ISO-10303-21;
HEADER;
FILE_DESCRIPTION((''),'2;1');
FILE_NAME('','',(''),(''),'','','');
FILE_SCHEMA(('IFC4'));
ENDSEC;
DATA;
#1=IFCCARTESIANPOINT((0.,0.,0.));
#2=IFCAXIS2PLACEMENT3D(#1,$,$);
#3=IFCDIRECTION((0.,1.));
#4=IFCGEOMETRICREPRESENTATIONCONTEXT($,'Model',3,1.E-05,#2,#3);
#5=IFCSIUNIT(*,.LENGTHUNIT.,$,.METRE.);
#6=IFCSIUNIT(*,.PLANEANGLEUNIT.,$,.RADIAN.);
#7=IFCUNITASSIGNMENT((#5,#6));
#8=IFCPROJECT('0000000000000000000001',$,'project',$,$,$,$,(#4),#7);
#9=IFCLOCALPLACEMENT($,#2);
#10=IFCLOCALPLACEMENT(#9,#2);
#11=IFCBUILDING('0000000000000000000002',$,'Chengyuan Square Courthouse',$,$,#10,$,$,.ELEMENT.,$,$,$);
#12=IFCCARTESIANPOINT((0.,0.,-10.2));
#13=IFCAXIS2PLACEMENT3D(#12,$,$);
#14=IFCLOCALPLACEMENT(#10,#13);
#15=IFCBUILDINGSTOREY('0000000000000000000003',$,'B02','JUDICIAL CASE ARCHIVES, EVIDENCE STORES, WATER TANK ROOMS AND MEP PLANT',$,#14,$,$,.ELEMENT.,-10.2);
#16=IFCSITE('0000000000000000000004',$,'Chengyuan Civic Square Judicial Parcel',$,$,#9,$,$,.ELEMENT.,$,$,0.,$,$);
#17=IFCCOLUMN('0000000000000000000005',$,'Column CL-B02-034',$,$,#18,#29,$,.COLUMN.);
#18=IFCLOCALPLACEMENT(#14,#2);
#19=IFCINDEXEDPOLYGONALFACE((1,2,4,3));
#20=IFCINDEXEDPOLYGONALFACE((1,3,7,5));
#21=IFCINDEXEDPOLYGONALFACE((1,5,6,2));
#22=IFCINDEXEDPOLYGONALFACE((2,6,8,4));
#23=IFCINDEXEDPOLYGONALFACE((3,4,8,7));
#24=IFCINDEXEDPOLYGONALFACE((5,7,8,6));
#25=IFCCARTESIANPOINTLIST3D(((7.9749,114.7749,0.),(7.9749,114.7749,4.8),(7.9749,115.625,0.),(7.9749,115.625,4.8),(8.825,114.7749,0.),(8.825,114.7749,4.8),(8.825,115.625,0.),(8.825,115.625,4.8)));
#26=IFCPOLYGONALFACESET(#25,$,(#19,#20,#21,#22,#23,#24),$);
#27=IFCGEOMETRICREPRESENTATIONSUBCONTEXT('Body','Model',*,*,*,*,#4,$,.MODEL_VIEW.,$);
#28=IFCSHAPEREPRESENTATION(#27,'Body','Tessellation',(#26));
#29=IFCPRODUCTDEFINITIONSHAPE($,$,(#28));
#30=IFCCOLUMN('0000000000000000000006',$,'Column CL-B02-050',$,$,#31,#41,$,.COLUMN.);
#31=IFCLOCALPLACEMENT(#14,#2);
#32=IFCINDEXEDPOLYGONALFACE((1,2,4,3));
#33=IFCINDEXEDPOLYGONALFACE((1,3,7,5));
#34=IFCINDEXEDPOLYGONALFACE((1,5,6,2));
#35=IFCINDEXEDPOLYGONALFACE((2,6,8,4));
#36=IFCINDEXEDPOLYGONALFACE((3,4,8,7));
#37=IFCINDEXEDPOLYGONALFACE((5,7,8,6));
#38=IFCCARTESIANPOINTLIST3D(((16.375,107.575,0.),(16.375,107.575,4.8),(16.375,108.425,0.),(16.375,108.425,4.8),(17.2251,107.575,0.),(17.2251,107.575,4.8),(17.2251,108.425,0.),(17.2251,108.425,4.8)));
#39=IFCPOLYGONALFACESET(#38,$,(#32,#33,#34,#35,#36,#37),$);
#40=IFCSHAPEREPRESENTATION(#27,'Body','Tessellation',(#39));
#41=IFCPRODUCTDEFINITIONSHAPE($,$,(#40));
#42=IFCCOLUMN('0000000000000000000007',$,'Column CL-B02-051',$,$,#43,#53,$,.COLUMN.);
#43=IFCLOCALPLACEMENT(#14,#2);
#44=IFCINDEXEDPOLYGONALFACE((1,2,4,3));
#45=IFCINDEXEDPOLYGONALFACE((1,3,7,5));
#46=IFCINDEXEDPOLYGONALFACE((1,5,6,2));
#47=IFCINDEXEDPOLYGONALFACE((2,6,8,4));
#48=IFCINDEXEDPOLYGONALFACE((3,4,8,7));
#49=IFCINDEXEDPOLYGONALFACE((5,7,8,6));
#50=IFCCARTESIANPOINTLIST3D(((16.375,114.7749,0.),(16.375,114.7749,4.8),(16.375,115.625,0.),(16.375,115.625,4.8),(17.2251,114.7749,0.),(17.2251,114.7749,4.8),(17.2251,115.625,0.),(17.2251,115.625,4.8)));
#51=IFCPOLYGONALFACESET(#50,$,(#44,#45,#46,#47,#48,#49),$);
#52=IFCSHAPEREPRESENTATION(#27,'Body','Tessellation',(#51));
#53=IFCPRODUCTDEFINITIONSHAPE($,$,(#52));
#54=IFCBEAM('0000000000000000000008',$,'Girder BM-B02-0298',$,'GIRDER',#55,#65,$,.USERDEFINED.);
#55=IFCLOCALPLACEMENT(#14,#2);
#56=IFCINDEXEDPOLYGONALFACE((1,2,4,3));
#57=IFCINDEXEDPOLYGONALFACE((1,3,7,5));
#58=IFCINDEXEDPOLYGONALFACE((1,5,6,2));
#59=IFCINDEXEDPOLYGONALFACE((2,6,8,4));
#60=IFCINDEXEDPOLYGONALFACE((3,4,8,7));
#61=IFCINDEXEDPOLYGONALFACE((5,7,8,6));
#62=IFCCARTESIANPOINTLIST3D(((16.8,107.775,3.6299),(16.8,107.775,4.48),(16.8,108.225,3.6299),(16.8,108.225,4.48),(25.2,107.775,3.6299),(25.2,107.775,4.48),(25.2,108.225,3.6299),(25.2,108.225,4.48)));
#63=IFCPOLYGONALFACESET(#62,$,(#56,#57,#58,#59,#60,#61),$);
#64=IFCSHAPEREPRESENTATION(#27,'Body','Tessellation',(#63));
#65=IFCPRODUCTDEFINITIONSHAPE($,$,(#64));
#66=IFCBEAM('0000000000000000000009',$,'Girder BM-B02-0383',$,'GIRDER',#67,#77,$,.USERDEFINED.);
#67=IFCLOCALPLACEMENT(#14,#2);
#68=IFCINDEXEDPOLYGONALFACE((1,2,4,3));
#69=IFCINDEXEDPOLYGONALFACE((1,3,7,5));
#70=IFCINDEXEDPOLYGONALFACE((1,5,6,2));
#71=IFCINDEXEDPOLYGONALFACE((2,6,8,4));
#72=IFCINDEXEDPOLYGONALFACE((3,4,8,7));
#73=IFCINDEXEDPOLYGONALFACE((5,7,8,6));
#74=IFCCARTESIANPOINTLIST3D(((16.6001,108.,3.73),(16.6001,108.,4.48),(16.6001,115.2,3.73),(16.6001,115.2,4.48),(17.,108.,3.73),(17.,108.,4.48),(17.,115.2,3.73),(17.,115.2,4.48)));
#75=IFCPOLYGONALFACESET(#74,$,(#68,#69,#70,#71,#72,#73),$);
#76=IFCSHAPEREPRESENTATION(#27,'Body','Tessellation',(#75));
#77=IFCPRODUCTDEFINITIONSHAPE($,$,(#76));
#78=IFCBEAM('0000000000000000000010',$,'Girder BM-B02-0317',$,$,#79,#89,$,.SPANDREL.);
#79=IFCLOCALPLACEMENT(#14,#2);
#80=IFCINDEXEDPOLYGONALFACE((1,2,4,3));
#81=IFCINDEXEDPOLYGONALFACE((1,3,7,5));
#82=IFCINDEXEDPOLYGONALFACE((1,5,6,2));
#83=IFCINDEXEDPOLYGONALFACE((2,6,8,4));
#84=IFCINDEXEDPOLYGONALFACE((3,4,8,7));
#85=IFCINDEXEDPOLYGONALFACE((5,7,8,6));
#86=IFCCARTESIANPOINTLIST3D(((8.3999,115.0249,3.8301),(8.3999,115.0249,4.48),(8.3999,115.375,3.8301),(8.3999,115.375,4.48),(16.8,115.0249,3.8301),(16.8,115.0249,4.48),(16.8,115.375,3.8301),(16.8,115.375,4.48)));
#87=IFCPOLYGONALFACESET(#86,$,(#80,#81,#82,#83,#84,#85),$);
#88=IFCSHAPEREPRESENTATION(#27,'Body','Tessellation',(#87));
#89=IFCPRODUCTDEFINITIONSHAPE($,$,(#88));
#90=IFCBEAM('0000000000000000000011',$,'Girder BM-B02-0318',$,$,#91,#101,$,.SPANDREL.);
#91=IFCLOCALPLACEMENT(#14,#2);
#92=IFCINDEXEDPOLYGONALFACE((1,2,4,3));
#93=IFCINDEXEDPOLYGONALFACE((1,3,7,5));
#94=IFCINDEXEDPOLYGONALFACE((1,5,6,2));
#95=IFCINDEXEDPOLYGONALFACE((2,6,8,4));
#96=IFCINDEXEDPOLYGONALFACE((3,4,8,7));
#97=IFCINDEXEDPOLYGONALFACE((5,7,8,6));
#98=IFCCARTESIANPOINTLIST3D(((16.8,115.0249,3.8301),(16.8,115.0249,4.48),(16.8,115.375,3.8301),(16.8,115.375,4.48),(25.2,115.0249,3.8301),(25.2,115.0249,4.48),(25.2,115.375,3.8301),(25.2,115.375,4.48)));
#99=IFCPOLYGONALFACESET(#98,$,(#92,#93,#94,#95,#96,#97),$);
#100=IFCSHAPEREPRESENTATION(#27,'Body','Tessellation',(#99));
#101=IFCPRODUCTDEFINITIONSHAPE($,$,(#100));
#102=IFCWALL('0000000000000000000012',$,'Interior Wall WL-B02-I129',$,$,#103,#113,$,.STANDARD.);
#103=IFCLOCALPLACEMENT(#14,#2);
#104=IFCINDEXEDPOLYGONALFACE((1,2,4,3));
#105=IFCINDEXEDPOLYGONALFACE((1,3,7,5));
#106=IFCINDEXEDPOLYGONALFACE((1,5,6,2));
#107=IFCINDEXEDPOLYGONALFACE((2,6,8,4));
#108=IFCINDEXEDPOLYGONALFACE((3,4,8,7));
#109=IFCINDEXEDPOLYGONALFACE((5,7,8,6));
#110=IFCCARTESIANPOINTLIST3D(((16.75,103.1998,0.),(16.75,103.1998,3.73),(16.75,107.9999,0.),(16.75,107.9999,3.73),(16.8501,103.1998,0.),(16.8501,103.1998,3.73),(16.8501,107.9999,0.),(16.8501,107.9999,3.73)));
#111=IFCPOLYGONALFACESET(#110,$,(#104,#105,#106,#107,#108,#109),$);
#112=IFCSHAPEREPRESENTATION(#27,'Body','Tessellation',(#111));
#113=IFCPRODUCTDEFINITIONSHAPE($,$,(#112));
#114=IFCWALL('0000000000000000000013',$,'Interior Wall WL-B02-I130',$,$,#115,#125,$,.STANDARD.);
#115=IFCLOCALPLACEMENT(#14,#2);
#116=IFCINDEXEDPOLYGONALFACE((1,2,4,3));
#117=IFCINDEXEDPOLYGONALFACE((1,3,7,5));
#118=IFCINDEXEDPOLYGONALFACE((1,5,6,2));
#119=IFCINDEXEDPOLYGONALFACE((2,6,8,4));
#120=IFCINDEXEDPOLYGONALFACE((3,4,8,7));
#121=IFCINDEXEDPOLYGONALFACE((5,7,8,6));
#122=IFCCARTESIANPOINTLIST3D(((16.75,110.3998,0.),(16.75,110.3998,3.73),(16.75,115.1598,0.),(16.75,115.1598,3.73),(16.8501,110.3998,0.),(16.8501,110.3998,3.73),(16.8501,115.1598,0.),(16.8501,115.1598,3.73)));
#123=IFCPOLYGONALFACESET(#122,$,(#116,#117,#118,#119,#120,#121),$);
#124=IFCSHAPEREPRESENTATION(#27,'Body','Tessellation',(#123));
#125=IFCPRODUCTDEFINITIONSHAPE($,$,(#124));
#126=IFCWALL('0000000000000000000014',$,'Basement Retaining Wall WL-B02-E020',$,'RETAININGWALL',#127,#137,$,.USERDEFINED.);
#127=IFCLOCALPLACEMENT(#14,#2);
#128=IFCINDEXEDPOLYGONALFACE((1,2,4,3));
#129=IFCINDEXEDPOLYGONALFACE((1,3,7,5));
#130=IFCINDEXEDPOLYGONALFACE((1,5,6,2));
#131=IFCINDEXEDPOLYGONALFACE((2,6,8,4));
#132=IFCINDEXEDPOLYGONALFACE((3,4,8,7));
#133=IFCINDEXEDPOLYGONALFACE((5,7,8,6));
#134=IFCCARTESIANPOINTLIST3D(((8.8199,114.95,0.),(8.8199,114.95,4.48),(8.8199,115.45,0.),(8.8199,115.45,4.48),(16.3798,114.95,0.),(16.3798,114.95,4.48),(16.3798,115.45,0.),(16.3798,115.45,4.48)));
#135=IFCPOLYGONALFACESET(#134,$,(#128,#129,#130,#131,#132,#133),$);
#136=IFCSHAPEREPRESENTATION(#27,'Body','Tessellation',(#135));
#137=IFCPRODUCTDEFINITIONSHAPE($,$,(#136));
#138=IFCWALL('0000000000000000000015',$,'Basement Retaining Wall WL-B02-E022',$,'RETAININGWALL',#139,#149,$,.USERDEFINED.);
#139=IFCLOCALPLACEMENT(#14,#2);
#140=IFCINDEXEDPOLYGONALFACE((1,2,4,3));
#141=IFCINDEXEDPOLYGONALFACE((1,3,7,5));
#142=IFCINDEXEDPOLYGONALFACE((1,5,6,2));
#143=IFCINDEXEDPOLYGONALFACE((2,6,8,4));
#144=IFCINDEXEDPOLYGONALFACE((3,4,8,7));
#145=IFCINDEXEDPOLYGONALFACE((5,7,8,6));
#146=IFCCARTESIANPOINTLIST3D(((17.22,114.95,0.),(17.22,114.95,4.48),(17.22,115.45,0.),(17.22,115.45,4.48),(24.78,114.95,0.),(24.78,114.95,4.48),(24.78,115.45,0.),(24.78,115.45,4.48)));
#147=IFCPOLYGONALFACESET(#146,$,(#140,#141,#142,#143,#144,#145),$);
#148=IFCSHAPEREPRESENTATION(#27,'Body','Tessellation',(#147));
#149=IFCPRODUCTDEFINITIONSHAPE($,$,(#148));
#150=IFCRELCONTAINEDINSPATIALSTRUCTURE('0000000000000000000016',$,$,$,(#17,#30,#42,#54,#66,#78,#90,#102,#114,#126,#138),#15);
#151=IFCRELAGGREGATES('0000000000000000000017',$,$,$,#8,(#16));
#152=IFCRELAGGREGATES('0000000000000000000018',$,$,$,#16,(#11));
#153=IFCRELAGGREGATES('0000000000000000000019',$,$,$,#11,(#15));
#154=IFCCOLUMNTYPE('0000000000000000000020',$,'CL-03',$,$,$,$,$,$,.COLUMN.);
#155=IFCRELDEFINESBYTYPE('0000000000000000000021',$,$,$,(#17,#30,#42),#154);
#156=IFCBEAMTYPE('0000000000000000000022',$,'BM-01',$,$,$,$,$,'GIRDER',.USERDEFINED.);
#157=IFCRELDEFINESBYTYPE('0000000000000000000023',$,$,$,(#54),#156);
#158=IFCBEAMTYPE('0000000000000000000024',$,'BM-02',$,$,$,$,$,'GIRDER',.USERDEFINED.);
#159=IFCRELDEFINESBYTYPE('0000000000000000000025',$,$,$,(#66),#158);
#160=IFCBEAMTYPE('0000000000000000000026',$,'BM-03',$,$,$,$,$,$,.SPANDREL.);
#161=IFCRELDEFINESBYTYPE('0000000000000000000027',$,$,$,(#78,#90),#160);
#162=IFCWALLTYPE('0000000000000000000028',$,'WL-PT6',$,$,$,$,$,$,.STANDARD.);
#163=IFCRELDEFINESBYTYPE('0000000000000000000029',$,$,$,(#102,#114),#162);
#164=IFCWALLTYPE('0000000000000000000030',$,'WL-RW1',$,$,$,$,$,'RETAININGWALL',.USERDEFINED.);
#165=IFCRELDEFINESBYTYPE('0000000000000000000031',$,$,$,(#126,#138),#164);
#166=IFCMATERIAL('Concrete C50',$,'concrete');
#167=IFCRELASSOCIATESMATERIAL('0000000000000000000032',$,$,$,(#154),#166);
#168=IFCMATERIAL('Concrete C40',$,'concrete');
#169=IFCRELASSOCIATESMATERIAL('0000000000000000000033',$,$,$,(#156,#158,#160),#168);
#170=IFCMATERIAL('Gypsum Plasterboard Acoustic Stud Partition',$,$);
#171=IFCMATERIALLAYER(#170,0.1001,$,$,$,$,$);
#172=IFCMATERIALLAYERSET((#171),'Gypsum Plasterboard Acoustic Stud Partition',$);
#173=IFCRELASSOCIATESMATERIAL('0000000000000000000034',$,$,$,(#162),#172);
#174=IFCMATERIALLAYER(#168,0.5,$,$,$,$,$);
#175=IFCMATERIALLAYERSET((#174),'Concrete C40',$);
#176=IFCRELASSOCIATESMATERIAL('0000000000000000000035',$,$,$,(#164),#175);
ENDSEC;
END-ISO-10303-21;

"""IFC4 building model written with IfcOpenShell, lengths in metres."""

from ifc_helpers import new_model, si_unit, direction, frame, frame_2d, origin, origin_2d, place, context, subcontext, project, spatial, rectangle, extrude, material, layer, layer_set, material_profile, profile_set, type_object, element, save


model = new_model("IFC4")

# Units and contexts
model_context = context("Model", 3, precision=1e-05, world=origin(), true_north=direction((0.0, 1.0)))
body_context = subcontext(model_context, "Body", "Model", "MODEL_VIEW")
ifc_project = project(units=[si_unit("LENGTHUNIT", "METRE"), si_unit("PLANEANGLEUNIT", "RADIAN")], contexts=[model_context])

# Site, building, storey
site_placement = place(None, origin())
site = spatial("IfcSite", under=ifc_project, at=site_placement, Name="Chengyuan Civic Square Judicial Parcel", CompositionType="ELEMENT", RefElevation=0.0)
building_placement = place(site_placement, origin())
building = spatial("IfcBuilding", under=site, at=building_placement, Name="Chengyuan Square Courthouse", CompositionType="ELEMENT")
storey_placement = place(building_placement, frame((0.0, 0.0, -10.2)))
storey = spatial("IfcBuildingStorey", under=building, at=storey_placement, Name="B02", Description="JUDICIAL CASE ARCHIVES, EVIDENCE STORES, WATER TANK ROOMS AND MEP PLANT", CompositionType="ELEMENT", Elevation=-10.2)

# Shared definitions
ifc_material_1 = material(Name="Concrete C40", Category="concrete")

# Columns
ifc_material_2 = material(Name="Concrete C50", Category="concrete")
ifc_material_profile_1 = material_profile(ifc_material_2, rectangle(XDim=0.8501, YDim=0.8501, at=origin_2d()), Name="RC-COL-850x850")
ifc_profile_set_1 = profile_set([ifc_material_profile_1], Name="Concrete C50")
column_type = type_object("IfcColumnType", Name="CL-03", PredefinedType="COLUMN", material=ifc_profile_set_1)
for number, where, z_axis, x_axis, name in (
    (1, (8.3999, 115.2, 0.0), (0.0, 0.0, 1.0), (1.0, 0.0, 0.0), "Column CL-B02-034"),
    (2, (16.8, 108.0, 0.0), (0.0, 0.0, 1.0), (1.0, 0.0, 0.0), "Column CL-B02-050"),
    (3, (16.8, 115.2, 0.0), (0.0, 0.0, 1.0), (1.0, 0.0, 0.0), "Column CL-B02-051"),
):
    element("IfcColumn", number, at=place(storey_placement, frame(where, z_axis=z_axis, x_axis=x_axis)), inside=storey, type_object=column_type, Name=name, PredefinedType="COLUMN", context=body_context, shape_type="SweptSolid", body=[
        extrude(rectangle(XDim=0.8501, YDim=0.8501, at=origin_2d()), origin(), (0.0, 0.0, 1.0), 4.8),
    ])

# Beams
ifc_material_profile_2 = material_profile(ifc_material_1, rectangle(XDim=0.45, YDim=0.8501, at=origin_2d()), Name="RC-BM-450x850")
ifc_profile_set_2 = profile_set([ifc_material_profile_2], Name="Concrete C40")
beam_type_1 = type_object("IfcBeamType", Name="BM-01", ElementType="GIRDER", PredefinedType="USERDEFINED", material=ifc_profile_set_2)
beam_1_placement = place(storey_placement, frame((16.8, 108.0, 4.0549), z_axis=(1.0, 0.0, 0.0), x_axis=(0.0, 1.0, 0.0)))
element("IfcBeam", 4, at=beam_1_placement, inside=storey, type_object=beam_type_1, Name="Girder BM-B02-0298", ObjectType="GIRDER", PredefinedType="USERDEFINED", context=body_context, shape_type="SweptSolid", body=[
    extrude(rectangle(XDim=0.45, YDim=0.8501, at=origin_2d()), origin(), (0.0, 0.0, 1.0), 8.3999),
])
ifc_material_profile_3 = material_profile(ifc_material_1, rectangle(XDim=0.3999, YDim=0.75, at=origin_2d()), Name="RC-BM-400x750")
ifc_profile_set_3 = profile_set([ifc_material_profile_3], Name="Concrete C40")
beam_type_2 = type_object("IfcBeamType", Name="BM-02", ElementType="GIRDER", PredefinedType="USERDEFINED", material=ifc_profile_set_3)
beam_2_placement = place(storey_placement, frame((16.8, 108.0, 4.105), z_axis=(0.0, 1.0, 0.0), x_axis=(-1.0, 0.0, 0.0)))
element("IfcBeam", 5, at=beam_2_placement, inside=storey, type_object=beam_type_2, Name="Girder BM-B02-0383", ObjectType="GIRDER", PredefinedType="USERDEFINED", context=body_context, shape_type="SweptSolid", body=[
    extrude(rectangle(XDim=0.3999, YDim=0.75, at=origin_2d()), origin(), (0.0, 0.0, 1.0), 7.2),
])
ifc_material_profile_4 = material_profile(ifc_material_1, rectangle(XDim=0.3501, YDim=0.6499, at=origin_2d()), Name="RC-BM-350x650")
ifc_profile_set_4 = profile_set([ifc_material_profile_4], Name="Concrete C40")
beam_type_3 = type_object("IfcBeamType", Name="BM-03", PredefinedType="SPANDREL", material=ifc_profile_set_4)
beam_3_placement = place(storey_placement, frame((8.3999, 115.2, 4.155), z_axis=(1.0, 0.0, 0.0), x_axis=(0.0, 1.0, 0.0)))
element("IfcBeam", 6, at=beam_3_placement, inside=storey, type_object=beam_type_3, Name="Girder BM-B02-0317", PredefinedType="SPANDREL", context=body_context, shape_type="SweptSolid", body=[
    extrude(rectangle(XDim=0.3501, YDim=0.6499, at=origin_2d()), origin(), (0.0, 0.0, 1.0), 8.4001),
])
beam_4_placement = place(storey_placement, frame((16.8, 115.2, 4.155), z_axis=(1.0, 0.0, 0.0), x_axis=(0.0, 1.0, 0.0)))
element("IfcBeam", 7, at=beam_4_placement, inside=storey, type_object=beam_type_3, Name="Girder BM-B02-0318", PredefinedType="SPANDREL", context=body_context, shape_type="SweptSolid", body=[
    extrude(rectangle(XDim=0.3501, YDim=0.6499, at=origin_2d()), origin(), (0.0, 0.0, 1.0), 8.3999),
])

# Walls
ifc_material_3 = material(Name="Gypsum Plasterboard Acoustic Stud Partition")
ifc_layer_1 = layer(ifc_material_3, 0.1001)
ifc_layer_set_1 = layer_set([ifc_layer_1], Name="Gypsum Plasterboard Acoustic Stud Partition")
wall_type_1 = type_object("IfcWallType", Name="WL-PT6", PredefinedType="STANDARD", material=ifc_layer_set_1)
wall_1_placement = place(storey_placement, frame((16.8, 103.2, 0.0), z_axis=(0.0, 0.0, 1.0), x_axis=(0.0, 1.0, 0.0)))
element("IfcWall", 8, at=wall_1_placement, inside=storey, type_object=wall_type_1, Name="Interior Wall WL-B02-I129", PredefinedType="STANDARD", context=body_context, shape_type="SweptSolid", body=[
    extrude(rectangle(XDim=4.8, YDim=0.1001, at=frame_2d((2.3999, 0.0))), origin(), (0.0, 0.0, 1.0), 3.73),
])
wall_2_placement = place(storey_placement, frame((16.8, 110.3999, 0.0), z_axis=(0.0, 0.0, 1.0), x_axis=(0.0, 1.0, 0.0)))
element("IfcWall", 9, at=wall_2_placement, inside=storey, type_object=wall_type_1, Name="Interior Wall WL-B02-I130", PredefinedType="STANDARD", context=body_context, shape_type="SweptSolid", body=[
    extrude(rectangle(XDim=4.76, YDim=0.1001, at=frame_2d((2.3799, 0.0))), origin(), (0.0, 0.0, 1.0), 3.73),
])
ifc_layer_2 = layer(ifc_material_1, 0.5)
ifc_layer_set_2 = layer_set([ifc_layer_2], Name="Concrete C40")
wall_type_2 = type_object("IfcWallType", Name="WL-RW1", ElementType="RETAININGWALL", PredefinedType="USERDEFINED", material=ifc_layer_set_2)
wall_3_placement = place(storey_placement, frame((8.8201, 115.2, 0.0), z_axis=(0.0, 0.0, 1.0), x_axis=(1.0, 0.0, 0.0)))
element("IfcWall", 10, at=wall_3_placement, inside=storey, type_object=wall_type_2, Name="Basement Retaining Wall WL-B02-E020", ObjectType="RETAININGWALL", PredefinedType="USERDEFINED", context=body_context, shape_type="SweptSolid", body=[
    extrude(rectangle(XDim=7.5598, YDim=0.5, at=frame_2d((3.7798, 0.0))), origin(), (0.0, 0.0, 1.0), 4.48),
])
wall_4_placement = place(storey_placement, frame((17.22, 115.2, 0.0), z_axis=(0.0, 0.0, 1.0), x_axis=(1.0, 0.0, 0.0)))
element("IfcWall", 11, at=wall_4_placement, inside=storey, type_object=wall_type_2, Name="Basement Retaining Wall WL-B02-E022", ObjectType="RETAININGWALL", PredefinedType="USERDEFINED", context=body_context, shape_type="SweptSolid", body=[
    extrude(rectangle(XDim=7.5601, YDim=0.5, at=frame_2d((3.78, 0.0))), origin(), (0.0, 0.0, 1.0), 4.48),
])

save(model, "model.ifc")
